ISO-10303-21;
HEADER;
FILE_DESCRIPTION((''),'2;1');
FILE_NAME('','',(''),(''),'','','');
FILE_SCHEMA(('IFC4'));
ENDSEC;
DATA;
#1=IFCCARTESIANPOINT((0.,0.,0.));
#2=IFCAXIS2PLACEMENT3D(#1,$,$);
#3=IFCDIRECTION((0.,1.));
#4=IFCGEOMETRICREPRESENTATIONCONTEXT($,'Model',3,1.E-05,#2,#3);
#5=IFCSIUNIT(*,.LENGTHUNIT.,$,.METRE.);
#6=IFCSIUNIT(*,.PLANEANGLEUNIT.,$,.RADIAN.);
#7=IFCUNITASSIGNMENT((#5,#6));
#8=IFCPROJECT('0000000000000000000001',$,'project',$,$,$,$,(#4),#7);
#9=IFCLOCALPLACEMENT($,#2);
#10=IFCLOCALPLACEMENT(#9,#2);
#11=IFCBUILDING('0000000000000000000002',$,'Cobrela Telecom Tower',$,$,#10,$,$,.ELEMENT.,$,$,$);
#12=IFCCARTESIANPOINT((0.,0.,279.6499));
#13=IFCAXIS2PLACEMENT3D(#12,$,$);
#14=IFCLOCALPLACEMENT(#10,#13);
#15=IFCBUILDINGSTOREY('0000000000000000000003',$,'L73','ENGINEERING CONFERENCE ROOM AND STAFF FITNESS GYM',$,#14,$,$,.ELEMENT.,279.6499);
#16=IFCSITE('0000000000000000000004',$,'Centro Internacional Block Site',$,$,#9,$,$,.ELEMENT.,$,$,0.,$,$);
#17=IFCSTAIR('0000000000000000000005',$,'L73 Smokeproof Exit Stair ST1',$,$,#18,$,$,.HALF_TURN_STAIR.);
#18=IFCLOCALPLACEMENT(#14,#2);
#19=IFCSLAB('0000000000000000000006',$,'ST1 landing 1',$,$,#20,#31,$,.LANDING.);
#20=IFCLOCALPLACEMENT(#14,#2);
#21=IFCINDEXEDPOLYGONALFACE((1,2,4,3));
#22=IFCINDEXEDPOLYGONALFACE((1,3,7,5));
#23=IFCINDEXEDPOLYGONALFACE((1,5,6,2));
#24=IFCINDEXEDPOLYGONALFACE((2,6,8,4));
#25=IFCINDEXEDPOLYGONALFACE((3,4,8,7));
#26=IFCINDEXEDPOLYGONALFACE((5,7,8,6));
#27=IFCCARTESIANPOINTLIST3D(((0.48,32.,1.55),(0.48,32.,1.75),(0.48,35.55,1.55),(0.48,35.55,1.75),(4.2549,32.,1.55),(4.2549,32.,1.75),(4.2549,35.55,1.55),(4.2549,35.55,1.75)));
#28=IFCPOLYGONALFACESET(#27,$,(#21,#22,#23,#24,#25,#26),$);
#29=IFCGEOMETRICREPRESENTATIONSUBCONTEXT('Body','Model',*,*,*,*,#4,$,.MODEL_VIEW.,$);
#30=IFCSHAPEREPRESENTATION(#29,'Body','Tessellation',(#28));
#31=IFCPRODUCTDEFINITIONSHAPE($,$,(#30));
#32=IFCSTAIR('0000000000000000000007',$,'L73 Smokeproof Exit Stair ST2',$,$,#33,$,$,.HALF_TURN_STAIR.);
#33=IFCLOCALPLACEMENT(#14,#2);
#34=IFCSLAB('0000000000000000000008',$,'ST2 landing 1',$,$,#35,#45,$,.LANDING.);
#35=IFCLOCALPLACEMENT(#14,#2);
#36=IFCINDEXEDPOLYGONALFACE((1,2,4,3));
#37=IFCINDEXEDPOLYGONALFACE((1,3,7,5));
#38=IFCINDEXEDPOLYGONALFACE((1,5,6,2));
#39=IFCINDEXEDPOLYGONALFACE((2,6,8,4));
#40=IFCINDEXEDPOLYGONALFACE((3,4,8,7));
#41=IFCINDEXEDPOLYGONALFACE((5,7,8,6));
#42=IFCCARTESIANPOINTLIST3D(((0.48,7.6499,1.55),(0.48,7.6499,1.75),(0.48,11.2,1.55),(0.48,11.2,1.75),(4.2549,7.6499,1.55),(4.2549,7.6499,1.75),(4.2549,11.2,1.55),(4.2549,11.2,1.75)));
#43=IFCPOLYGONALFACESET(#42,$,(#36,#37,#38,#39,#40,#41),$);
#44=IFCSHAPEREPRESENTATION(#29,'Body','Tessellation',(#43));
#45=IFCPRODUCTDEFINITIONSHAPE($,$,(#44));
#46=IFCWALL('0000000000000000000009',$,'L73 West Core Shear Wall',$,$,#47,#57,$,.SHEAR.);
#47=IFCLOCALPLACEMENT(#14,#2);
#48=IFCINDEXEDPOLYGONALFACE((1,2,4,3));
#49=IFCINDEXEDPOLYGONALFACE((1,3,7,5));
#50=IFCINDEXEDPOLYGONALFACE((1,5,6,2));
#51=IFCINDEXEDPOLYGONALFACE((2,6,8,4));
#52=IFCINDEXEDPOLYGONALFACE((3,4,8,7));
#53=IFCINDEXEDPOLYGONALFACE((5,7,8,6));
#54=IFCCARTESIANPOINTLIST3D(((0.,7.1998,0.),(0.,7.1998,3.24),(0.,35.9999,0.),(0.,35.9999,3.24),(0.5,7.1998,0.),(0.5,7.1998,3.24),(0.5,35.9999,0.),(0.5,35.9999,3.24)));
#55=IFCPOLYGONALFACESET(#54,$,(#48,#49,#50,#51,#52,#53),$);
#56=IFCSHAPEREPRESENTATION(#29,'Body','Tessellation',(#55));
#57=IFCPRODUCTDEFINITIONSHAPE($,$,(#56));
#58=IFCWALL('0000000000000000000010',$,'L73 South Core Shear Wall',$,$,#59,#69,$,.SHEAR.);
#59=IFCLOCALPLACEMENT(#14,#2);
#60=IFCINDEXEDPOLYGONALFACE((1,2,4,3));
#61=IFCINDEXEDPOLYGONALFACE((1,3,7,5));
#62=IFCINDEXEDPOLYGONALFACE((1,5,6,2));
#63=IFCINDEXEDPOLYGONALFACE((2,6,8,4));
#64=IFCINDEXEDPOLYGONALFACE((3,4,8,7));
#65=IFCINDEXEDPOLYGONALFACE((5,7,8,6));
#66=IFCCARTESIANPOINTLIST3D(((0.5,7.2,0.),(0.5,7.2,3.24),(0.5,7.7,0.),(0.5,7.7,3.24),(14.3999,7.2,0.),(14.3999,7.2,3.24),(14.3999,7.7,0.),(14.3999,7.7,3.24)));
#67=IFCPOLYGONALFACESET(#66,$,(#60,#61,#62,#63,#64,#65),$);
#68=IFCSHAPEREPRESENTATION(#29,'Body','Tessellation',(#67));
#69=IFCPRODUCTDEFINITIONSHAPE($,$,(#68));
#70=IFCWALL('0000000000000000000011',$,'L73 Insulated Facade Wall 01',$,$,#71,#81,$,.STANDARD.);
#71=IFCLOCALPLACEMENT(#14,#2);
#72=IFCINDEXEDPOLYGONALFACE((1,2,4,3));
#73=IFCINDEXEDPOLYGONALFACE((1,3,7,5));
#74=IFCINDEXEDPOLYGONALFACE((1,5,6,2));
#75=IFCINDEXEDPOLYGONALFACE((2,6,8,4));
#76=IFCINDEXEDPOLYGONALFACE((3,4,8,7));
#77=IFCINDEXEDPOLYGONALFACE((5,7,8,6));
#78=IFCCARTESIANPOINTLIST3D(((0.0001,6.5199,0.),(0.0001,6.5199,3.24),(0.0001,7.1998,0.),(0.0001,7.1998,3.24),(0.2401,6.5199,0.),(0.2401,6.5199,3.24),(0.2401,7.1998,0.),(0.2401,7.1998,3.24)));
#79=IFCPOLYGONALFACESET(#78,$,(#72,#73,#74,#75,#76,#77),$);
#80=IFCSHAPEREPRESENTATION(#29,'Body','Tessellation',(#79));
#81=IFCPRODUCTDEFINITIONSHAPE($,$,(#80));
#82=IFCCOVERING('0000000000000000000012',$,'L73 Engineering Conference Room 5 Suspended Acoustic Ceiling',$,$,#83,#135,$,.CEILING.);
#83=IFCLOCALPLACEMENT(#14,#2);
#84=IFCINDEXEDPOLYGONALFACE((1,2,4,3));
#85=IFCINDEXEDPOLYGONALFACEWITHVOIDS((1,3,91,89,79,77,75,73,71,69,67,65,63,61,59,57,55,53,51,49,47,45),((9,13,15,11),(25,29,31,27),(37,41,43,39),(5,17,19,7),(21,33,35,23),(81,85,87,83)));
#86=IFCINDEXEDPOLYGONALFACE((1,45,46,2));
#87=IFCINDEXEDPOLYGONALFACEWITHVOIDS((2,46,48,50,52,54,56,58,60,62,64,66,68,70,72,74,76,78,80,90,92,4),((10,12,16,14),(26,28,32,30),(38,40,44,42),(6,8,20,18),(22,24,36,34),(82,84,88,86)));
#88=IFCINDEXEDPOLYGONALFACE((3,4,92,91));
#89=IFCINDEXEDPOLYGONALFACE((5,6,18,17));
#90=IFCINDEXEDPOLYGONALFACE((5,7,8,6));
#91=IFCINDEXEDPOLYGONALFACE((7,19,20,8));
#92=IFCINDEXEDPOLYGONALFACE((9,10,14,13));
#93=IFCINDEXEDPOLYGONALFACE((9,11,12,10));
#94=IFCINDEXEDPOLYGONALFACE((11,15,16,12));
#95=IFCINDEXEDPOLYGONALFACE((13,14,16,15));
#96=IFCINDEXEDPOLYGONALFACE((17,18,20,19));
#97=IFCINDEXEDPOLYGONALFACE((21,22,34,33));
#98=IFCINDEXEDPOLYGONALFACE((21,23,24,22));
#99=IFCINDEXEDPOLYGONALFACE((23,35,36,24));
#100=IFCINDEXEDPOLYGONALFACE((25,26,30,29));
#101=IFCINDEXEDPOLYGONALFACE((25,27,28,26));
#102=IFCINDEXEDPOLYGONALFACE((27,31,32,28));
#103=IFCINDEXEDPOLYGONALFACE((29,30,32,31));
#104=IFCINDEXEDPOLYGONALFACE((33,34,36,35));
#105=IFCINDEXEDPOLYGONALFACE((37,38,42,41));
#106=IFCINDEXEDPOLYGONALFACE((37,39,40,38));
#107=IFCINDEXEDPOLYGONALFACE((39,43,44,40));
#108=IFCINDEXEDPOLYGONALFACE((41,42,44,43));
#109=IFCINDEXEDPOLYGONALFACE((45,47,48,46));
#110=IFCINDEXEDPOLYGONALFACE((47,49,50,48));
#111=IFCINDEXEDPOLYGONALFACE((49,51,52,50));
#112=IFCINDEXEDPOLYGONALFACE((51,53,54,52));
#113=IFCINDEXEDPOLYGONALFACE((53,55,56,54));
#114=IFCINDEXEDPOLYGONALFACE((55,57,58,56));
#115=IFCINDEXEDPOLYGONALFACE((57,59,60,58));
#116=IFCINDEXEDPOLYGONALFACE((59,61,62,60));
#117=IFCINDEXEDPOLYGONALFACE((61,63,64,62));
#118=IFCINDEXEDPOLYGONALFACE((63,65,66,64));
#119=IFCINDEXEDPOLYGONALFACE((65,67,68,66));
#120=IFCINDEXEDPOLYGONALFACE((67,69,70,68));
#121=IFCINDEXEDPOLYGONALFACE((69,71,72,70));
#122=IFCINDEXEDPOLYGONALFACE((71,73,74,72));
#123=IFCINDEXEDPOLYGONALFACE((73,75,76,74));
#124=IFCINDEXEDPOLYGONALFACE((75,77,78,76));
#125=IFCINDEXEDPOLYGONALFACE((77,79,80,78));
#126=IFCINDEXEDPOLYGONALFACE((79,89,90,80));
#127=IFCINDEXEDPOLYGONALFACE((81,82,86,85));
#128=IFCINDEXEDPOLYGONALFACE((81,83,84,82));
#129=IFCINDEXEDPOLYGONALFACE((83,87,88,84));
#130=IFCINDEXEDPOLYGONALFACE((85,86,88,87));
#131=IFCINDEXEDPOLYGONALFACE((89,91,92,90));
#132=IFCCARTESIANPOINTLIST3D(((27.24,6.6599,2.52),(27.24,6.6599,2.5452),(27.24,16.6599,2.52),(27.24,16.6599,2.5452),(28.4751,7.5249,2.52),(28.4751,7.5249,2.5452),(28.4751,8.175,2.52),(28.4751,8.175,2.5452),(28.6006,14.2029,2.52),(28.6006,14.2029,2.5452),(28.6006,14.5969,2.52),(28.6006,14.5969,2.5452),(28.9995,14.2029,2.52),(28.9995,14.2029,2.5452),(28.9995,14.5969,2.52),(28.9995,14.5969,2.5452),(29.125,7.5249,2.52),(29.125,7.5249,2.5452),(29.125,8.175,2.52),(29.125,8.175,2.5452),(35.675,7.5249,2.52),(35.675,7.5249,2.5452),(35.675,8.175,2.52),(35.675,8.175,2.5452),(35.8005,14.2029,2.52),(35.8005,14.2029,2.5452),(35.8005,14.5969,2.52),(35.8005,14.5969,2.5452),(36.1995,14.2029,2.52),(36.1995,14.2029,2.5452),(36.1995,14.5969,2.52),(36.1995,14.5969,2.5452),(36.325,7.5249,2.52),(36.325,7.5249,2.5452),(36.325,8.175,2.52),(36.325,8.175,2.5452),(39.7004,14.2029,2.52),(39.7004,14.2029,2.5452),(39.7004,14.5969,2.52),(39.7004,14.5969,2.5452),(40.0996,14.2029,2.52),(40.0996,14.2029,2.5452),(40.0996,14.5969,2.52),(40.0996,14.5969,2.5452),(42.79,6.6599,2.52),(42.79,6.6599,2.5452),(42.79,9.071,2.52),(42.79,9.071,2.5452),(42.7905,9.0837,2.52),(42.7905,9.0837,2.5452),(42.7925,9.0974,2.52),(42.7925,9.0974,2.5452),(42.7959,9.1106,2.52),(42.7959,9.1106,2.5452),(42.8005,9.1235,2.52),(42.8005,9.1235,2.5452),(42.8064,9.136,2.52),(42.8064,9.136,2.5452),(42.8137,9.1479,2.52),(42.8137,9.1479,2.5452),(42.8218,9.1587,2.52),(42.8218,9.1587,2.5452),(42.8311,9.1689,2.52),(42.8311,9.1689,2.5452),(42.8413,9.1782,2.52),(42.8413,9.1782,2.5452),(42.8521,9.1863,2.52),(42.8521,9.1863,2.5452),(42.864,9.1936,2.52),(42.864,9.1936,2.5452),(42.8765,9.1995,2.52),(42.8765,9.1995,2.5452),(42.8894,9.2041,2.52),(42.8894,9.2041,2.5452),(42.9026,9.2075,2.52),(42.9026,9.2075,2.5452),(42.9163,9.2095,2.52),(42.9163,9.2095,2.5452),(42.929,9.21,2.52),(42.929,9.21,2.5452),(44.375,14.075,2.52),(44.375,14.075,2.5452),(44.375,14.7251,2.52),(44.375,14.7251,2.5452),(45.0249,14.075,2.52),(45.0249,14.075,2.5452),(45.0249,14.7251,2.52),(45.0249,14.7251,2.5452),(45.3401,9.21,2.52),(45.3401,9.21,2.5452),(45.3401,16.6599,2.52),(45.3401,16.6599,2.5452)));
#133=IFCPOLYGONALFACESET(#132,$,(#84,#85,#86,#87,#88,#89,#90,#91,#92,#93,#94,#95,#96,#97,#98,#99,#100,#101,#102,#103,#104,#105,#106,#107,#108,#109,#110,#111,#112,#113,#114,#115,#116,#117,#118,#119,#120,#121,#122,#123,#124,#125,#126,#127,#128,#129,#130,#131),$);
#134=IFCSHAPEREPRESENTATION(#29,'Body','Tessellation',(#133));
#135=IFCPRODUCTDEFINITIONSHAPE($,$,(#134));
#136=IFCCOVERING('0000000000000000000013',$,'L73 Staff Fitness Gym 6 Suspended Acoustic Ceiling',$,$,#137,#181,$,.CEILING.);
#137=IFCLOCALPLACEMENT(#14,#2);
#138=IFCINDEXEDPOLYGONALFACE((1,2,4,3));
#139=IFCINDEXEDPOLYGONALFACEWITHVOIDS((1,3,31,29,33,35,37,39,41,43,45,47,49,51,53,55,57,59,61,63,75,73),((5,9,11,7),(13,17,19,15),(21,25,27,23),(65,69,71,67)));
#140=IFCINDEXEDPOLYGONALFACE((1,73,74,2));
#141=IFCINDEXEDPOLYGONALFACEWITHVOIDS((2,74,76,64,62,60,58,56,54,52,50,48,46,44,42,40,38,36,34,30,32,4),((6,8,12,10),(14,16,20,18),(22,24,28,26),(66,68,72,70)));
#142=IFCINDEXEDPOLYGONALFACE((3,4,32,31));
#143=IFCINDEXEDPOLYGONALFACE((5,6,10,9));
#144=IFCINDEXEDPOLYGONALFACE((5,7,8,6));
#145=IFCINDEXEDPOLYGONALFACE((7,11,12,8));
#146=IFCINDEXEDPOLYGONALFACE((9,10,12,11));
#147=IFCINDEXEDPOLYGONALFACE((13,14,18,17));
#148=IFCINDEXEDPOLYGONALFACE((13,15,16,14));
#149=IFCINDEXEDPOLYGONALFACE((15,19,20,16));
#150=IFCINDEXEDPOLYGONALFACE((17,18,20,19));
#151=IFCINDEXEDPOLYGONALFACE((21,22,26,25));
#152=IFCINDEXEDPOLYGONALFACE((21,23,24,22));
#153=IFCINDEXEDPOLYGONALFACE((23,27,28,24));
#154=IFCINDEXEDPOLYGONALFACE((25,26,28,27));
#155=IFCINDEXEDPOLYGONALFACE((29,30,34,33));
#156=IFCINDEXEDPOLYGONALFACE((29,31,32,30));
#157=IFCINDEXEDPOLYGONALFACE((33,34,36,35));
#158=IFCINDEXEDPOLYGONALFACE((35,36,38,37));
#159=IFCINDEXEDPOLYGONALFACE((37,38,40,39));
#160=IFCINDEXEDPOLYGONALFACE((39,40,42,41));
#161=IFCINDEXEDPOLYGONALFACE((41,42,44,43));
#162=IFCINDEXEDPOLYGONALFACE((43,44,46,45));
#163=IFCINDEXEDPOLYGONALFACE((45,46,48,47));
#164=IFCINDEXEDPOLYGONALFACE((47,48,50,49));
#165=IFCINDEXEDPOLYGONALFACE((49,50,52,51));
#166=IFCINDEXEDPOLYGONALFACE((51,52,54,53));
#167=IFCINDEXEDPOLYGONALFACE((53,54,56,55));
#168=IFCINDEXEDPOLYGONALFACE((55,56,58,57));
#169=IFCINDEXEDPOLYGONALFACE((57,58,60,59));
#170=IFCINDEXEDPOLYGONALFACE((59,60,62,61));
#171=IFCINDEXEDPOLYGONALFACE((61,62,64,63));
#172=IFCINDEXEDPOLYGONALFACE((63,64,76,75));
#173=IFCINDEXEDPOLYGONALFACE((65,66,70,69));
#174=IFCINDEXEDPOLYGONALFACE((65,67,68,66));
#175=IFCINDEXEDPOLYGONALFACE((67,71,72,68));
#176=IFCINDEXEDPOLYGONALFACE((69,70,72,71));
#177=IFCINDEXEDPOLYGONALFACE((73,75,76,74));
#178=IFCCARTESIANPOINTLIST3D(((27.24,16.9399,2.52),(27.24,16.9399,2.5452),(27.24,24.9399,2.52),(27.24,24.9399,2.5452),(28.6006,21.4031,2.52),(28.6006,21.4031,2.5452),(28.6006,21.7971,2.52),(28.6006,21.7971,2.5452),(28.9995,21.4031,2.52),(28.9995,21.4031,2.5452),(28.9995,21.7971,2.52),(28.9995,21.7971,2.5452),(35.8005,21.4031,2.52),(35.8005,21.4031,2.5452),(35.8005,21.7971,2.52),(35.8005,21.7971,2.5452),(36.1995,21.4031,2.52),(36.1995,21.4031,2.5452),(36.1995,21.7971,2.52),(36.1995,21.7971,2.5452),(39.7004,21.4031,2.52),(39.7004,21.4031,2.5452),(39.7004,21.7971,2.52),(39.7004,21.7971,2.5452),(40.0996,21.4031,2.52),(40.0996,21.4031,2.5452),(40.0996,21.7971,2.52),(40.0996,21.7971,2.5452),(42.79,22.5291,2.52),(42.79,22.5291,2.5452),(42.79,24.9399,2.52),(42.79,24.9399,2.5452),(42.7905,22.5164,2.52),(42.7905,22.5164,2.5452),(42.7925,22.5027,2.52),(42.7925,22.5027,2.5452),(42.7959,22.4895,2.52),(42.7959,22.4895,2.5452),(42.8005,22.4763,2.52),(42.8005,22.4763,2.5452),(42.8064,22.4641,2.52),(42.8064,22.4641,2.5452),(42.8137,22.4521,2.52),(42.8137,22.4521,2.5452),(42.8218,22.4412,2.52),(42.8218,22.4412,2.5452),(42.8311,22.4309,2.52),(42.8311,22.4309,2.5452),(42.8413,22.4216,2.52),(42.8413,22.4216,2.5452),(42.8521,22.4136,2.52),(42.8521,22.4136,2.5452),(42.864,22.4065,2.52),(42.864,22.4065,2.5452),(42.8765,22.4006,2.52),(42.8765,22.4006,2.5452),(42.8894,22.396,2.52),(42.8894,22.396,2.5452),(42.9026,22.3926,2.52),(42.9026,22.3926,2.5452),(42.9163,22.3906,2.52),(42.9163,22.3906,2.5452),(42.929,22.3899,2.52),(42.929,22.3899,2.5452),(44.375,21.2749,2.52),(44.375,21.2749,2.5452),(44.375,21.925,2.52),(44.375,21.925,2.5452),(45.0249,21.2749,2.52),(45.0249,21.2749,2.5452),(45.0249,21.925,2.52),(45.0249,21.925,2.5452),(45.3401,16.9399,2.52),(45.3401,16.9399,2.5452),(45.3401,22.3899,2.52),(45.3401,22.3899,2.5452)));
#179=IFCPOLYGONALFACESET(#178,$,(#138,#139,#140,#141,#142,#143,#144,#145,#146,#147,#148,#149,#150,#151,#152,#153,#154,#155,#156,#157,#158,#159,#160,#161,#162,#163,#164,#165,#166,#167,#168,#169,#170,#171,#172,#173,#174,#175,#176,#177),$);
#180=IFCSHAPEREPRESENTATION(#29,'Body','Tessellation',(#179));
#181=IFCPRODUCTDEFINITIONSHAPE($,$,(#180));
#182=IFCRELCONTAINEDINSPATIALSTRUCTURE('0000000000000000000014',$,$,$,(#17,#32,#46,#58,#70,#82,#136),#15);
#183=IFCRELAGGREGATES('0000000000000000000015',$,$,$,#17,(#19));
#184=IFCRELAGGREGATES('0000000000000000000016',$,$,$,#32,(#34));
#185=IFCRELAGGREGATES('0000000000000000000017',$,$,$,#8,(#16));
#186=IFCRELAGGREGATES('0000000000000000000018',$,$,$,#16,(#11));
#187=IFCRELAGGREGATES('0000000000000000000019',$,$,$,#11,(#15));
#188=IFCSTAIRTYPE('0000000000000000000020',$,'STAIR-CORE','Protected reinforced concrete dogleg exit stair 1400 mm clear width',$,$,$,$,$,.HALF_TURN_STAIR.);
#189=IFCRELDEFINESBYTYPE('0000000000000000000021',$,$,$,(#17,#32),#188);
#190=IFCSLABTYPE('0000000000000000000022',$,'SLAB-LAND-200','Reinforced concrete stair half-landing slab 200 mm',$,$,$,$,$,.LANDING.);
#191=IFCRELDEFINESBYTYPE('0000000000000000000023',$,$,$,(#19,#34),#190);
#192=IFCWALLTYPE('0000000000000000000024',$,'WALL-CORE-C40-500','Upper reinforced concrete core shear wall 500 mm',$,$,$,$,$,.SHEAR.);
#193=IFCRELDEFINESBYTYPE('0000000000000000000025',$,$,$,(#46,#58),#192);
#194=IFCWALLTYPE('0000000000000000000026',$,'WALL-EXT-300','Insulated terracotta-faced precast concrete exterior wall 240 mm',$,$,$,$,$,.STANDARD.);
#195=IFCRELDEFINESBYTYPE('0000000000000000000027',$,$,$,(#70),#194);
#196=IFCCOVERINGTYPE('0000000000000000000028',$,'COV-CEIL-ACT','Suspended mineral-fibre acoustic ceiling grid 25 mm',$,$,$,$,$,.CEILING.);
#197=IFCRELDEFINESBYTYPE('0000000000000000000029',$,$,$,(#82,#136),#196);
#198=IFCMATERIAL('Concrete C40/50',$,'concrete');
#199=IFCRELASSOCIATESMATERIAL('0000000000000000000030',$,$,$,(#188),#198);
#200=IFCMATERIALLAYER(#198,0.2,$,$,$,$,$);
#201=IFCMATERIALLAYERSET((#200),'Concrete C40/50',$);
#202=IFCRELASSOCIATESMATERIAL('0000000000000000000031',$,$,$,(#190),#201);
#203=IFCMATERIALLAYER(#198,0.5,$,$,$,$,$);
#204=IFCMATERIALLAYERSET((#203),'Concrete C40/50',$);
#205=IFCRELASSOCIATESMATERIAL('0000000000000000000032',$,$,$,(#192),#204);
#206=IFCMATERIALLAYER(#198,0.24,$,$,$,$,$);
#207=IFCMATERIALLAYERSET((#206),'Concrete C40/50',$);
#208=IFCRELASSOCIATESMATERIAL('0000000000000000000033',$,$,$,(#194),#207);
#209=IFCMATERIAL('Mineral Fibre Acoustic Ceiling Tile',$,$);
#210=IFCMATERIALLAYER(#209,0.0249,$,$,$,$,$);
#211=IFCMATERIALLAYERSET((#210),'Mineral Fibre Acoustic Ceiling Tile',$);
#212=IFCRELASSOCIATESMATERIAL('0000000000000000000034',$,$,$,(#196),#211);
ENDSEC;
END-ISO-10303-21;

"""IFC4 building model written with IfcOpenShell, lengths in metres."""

from ifc_helpers import new_model, si_unit, direction, frame, frame_2d, origin, place, context, subcontext, project, spatial, polyline, rectangle, outline, extrude, material, layer, layer_set, type_object, element, aggregate, save


model = new_model("IFC4")

# Units and contexts
model_context = context("Model", 3, precision=1e-05, world=origin(), true_north=direction((0.0, 1.0)))
body_context = subcontext(model_context, "Body", "Model", "MODEL_VIEW")
ifc_project = project(units=[si_unit("LENGTHUNIT", "METRE"), si_unit("PLANEANGLEUNIT", "RADIAN")], contexts=[model_context])

# Site, building, storey
site_placement = place(None, origin())
site = spatial("IfcSite", under=ifc_project, at=site_placement, Name="Centro Internacional Block Site", CompositionType="ELEMENT", RefElevation=0.0)
building_placement = place(site_placement, origin())
building = spatial("IfcBuilding", under=site, at=building_placement, Name="Cobrela Telecom Tower", CompositionType="ELEMENT")
storey_placement = place(building_placement, frame((0.0, 0.0, 279.6499)))
storey = spatial("IfcBuildingStorey", under=building, at=storey_placement, Name="L73", Description="ENGINEERING CONFERENCE ROOM AND STAFF FITNESS GYM", CompositionType="ELEMENT", Elevation=279.6499)

# Shared definitions
ifc_material_1 = material(Name="Concrete C40/50", Category="concrete")

# Stairs, slabs
stair_type = type_object("IfcStairType", Name="STAIR-CORE", Description="Protected reinforced concrete dogleg exit stair 1400 mm clear width", PredefinedType="HALF_TURN_STAIR", material=ifc_material_1)
stair_1_placement = place(storey_placement, origin())
stair_1 = element("IfcStair", 1, at=stair_1_placement, inside=storey, type_object=stair_type, Name="L73 Smokeproof Exit Stair ST1", PredefinedType="HALF_TURN_STAIR")
ifc_layer_1 = layer(ifc_material_1, 0.2)
ifc_layer_set_1 = layer_set([ifc_layer_1], Name="Concrete C40/50")
slab_type_1 = type_object("IfcSlabType", Name="SLAB-LAND-200", Description="Reinforced concrete stair half-landing slab 200 mm", PredefinedType="LANDING", material=ifc_layer_set_1)
slab_1_placement = place(storey_placement, frame((0.0, 0.0, 1.55)))
slab_1 = element("IfcSlab", 2, at=slab_1_placement, type_object=slab_type_1, Name="ST1 landing 1", PredefinedType="LANDING", context=body_context, shape_type="SweptSolid", body=[
    extrude(outline(polyline([(4.2549, 35.55), (0.48, 35.55), (0.48, 32.0), (4.2549, 32.0), (4.2549, 35.55)])), origin(), (0.0, 0.0, 1.0), 0.2),
])
aggregate(stair_1, [slab_1])
stair_2_placement = place(storey_placement, origin())
stair_2 = element("IfcStair", 3, at=stair_2_placement, inside=storey, type_object=stair_type, Name="L73 Smokeproof Exit Stair ST2", PredefinedType="HALF_TURN_STAIR")
slab_2_placement = place(storey_placement, frame((0.0, 0.0, 1.55)))
slab_2 = element("IfcSlab", 4, at=slab_2_placement, type_object=slab_type_1, Name="ST2 landing 1", PredefinedType="LANDING", context=body_context, shape_type="SweptSolid", body=[
    extrude(outline(polyline([(4.2549, 11.2), (0.48, 11.2), (0.48, 7.6499), (4.2549, 7.6499), (4.2549, 11.2)])), origin(), (0.0, 0.0, 1.0), 0.2),
])
aggregate(stair_2, [slab_2])

# Walls
ifc_layer_2 = layer(ifc_material_1, 0.5)
ifc_layer_set_2 = layer_set([ifc_layer_2], Name="Concrete C40/50")
wall_type_1 = type_object("IfcWallType", Name="WALL-CORE-C40-500", Description="Upper reinforced concrete core shear wall 500 mm", PredefinedType="SHEAR", material=ifc_layer_set_2)
wall_1_placement = place(storey_placement, frame((0.25, 7.2, 0.0), z_axis=(0.0, 0.0, 1.0), x_axis=(0.0, 1.0, 0.0)))
element("IfcWall", 5, at=wall_1_placement, inside=storey, type_object=wall_type_1, Name="L73 West Core Shear Wall", PredefinedType="SHEAR", context=body_context, shape_type="SweptSolid", body=[
    extrude(rectangle(XDim=28.8, YDim=0.5, at=frame_2d((14.3999, 0.0))), origin(), (0.0, 0.0, 1.0), 3.24),
])
wall_2_placement = place(storey_placement, frame((0.5, 7.45, 0.0), z_axis=(0.0, 0.0, 1.0), x_axis=(1.0, 0.0, 0.0)))
element("IfcWall", 6, at=wall_2_placement, inside=storey, type_object=wall_type_1, Name="L73 South Core Shear Wall", PredefinedType="SHEAR", context=body_context, shape_type="SweptSolid", body=[
    extrude(rectangle(XDim=13.8999, YDim=0.5, at=frame_2d((6.95, 0.0))), origin(), (0.0, 0.0, 1.0), 3.24),
])
ifc_layer_3 = layer(ifc_material_1, 0.24)
ifc_layer_set_3 = layer_set([ifc_layer_3], Name="Concrete C40/50")
wall_type_2 = type_object("IfcWallType", Name="WALL-EXT-300", Description="Insulated terracotta-faced precast concrete exterior wall 240 mm", PredefinedType="STANDARD", material=ifc_layer_set_3)
wall_3_placement = place(storey_placement, frame((0.1201, 6.52, 0.0), z_axis=(0.0, 0.0, 1.0), x_axis=(0.0, 1.0, 0.0)))
element("IfcWall", 7, at=wall_3_placement, inside=storey, type_object=wall_type_2, Name="L73 Insulated Facade Wall 01", PredefinedType="STANDARD", context=body_context, shape_type="SweptSolid", body=[
    extrude(rectangle(XDim=0.6799, YDim=0.24, at=frame_2d((0.3398, 0.0))), origin(), (0.0, 0.0, 1.0), 3.24),
])

# Coverings
ifc_material_2 = material(Name="Mineral Fibre Acoustic Ceiling Tile")
ifc_layer_4 = layer(ifc_material_2, 0.0249)
ifc_layer_set_4 = layer_set([ifc_layer_4], Name="Mineral Fibre Acoustic Ceiling Tile")
covering_type_1 = type_object("IfcCoveringType", Name="COV-CEIL-ACT", Description="Suspended mineral-fibre acoustic ceiling grid 25 mm", PredefinedType="CEILING", material=ifc_layer_set_4)
covering_1_placement = place(storey_placement, frame((0.0, 0.0, 2.52)))
element("IfcCovering", 8, at=covering_1_placement, inside=storey, type_object=covering_type_1, Name="L73 Engineering Conference Room 5 Suspended Acoustic Ceiling", PredefinedType="CEILING", context=body_context, shape_type="SweptSolid", body=[
    extrude(outline(polyline([(45.3401, 9.21), (42.929, 9.21), (42.9163, 9.2095), (42.9026, 9.2075), (42.8894, 9.2041), (42.8765, 9.1995), (42.864, 9.1936), (42.8521, 9.1863), (42.8413, 9.1782), (42.8311, 9.1689), (42.8218, 9.1587), (42.8137, 9.1479), (42.8064, 9.136), (42.8005, 9.1235), (42.7959, 9.1106), (42.7925, 9.0974), (42.7905, 9.0837), (42.79, 9.071), (42.79, 6.6599), (27.24, 6.6599), (27.24, 16.6599), (45.3401, 16.6599), (45.3401, 9.21)]), holes=[polyline([(28.9995, 14.5969), (28.6006, 14.5969), (28.6006, 14.2029), (28.9995, 14.2029), (28.9995, 14.5969)]), polyline([(29.125, 8.175), (28.4751, 8.175), (28.4751, 7.5249), (29.125, 7.5249), (29.125, 8.175)]), polyline([(36.325, 8.175), (35.675, 8.175), (35.675, 7.5249), (36.325, 7.5249), (36.325, 8.175)]), polyline([(36.1995, 14.5969), (35.8005, 14.5969), (35.8005, 14.2029), (36.1995, 14.2029), (36.1995, 14.5969)]), polyline([(40.0996, 14.5969), (39.7004, 14.5969), (39.7004, 14.2029), (40.0996, 14.2029), (40.0996, 14.5969)]), polyline([(45.0249, 14.7251), (44.375, 14.7251), (44.375, 14.075), (45.0249, 14.075), (45.0249, 14.7251)])]), origin(), (0.0, 0.0, 1.0), 0.0251),
])
covering_2_placement = place(storey_placement, frame((0.0, 0.0, 2.52)))
element("IfcCovering", 9, at=covering_2_placement, inside=storey, type_object=covering_type_1, Name="L73 Staff Fitness Gym 6 Suspended Acoustic Ceiling", PredefinedType="CEILING", context=body_context, shape_type="SweptSolid", body=[
    extrude(outline(polyline([(42.79, 24.9399), (42.79, 22.5291), (42.7905, 22.5164), (42.7925, 22.5027), (42.7959, 22.4895), (42.8005, 22.4763), (42.8064, 22.4641), (42.8137, 22.4521), (42.8218, 22.4412), (42.8311, 22.4309), (42.8413, 22.4216), (42.8521, 22.4136), (42.864, 22.4065), (42.8765, 22.4006), (42.8894, 22.396), (42.9026, 22.3926), (42.9163, 22.3906), (42.929, 22.3899), (45.3401, 22.3899), (45.3401, 16.9399), (27.24, 16.9399), (27.24, 24.9399), (42.79, 24.9399)]), holes=[polyline([(28.9995, 21.7971), (28.6006, 21.7971), (28.6006, 21.4031), (28.9995, 21.4031), (28.9995, 21.7971)]), polyline([(36.1995, 21.7971), (35.8005, 21.7971), (35.8005, 21.4031), (36.1995, 21.4031), (36.1995, 21.7971)]), polyline([(40.0996, 21.4031), (40.0996, 21.7971), (39.7004, 21.7971), (39.7004, 21.4031), (40.0996, 21.4031)]), polyline([(45.0249, 21.2749), (45.0249, 21.925), (44.375, 21.925), (44.375, 21.2749), (45.0249, 21.2749)])]), origin(), (0.0, 0.0, 1.0), 0.0251),
])

save(model, "model.ifc")
